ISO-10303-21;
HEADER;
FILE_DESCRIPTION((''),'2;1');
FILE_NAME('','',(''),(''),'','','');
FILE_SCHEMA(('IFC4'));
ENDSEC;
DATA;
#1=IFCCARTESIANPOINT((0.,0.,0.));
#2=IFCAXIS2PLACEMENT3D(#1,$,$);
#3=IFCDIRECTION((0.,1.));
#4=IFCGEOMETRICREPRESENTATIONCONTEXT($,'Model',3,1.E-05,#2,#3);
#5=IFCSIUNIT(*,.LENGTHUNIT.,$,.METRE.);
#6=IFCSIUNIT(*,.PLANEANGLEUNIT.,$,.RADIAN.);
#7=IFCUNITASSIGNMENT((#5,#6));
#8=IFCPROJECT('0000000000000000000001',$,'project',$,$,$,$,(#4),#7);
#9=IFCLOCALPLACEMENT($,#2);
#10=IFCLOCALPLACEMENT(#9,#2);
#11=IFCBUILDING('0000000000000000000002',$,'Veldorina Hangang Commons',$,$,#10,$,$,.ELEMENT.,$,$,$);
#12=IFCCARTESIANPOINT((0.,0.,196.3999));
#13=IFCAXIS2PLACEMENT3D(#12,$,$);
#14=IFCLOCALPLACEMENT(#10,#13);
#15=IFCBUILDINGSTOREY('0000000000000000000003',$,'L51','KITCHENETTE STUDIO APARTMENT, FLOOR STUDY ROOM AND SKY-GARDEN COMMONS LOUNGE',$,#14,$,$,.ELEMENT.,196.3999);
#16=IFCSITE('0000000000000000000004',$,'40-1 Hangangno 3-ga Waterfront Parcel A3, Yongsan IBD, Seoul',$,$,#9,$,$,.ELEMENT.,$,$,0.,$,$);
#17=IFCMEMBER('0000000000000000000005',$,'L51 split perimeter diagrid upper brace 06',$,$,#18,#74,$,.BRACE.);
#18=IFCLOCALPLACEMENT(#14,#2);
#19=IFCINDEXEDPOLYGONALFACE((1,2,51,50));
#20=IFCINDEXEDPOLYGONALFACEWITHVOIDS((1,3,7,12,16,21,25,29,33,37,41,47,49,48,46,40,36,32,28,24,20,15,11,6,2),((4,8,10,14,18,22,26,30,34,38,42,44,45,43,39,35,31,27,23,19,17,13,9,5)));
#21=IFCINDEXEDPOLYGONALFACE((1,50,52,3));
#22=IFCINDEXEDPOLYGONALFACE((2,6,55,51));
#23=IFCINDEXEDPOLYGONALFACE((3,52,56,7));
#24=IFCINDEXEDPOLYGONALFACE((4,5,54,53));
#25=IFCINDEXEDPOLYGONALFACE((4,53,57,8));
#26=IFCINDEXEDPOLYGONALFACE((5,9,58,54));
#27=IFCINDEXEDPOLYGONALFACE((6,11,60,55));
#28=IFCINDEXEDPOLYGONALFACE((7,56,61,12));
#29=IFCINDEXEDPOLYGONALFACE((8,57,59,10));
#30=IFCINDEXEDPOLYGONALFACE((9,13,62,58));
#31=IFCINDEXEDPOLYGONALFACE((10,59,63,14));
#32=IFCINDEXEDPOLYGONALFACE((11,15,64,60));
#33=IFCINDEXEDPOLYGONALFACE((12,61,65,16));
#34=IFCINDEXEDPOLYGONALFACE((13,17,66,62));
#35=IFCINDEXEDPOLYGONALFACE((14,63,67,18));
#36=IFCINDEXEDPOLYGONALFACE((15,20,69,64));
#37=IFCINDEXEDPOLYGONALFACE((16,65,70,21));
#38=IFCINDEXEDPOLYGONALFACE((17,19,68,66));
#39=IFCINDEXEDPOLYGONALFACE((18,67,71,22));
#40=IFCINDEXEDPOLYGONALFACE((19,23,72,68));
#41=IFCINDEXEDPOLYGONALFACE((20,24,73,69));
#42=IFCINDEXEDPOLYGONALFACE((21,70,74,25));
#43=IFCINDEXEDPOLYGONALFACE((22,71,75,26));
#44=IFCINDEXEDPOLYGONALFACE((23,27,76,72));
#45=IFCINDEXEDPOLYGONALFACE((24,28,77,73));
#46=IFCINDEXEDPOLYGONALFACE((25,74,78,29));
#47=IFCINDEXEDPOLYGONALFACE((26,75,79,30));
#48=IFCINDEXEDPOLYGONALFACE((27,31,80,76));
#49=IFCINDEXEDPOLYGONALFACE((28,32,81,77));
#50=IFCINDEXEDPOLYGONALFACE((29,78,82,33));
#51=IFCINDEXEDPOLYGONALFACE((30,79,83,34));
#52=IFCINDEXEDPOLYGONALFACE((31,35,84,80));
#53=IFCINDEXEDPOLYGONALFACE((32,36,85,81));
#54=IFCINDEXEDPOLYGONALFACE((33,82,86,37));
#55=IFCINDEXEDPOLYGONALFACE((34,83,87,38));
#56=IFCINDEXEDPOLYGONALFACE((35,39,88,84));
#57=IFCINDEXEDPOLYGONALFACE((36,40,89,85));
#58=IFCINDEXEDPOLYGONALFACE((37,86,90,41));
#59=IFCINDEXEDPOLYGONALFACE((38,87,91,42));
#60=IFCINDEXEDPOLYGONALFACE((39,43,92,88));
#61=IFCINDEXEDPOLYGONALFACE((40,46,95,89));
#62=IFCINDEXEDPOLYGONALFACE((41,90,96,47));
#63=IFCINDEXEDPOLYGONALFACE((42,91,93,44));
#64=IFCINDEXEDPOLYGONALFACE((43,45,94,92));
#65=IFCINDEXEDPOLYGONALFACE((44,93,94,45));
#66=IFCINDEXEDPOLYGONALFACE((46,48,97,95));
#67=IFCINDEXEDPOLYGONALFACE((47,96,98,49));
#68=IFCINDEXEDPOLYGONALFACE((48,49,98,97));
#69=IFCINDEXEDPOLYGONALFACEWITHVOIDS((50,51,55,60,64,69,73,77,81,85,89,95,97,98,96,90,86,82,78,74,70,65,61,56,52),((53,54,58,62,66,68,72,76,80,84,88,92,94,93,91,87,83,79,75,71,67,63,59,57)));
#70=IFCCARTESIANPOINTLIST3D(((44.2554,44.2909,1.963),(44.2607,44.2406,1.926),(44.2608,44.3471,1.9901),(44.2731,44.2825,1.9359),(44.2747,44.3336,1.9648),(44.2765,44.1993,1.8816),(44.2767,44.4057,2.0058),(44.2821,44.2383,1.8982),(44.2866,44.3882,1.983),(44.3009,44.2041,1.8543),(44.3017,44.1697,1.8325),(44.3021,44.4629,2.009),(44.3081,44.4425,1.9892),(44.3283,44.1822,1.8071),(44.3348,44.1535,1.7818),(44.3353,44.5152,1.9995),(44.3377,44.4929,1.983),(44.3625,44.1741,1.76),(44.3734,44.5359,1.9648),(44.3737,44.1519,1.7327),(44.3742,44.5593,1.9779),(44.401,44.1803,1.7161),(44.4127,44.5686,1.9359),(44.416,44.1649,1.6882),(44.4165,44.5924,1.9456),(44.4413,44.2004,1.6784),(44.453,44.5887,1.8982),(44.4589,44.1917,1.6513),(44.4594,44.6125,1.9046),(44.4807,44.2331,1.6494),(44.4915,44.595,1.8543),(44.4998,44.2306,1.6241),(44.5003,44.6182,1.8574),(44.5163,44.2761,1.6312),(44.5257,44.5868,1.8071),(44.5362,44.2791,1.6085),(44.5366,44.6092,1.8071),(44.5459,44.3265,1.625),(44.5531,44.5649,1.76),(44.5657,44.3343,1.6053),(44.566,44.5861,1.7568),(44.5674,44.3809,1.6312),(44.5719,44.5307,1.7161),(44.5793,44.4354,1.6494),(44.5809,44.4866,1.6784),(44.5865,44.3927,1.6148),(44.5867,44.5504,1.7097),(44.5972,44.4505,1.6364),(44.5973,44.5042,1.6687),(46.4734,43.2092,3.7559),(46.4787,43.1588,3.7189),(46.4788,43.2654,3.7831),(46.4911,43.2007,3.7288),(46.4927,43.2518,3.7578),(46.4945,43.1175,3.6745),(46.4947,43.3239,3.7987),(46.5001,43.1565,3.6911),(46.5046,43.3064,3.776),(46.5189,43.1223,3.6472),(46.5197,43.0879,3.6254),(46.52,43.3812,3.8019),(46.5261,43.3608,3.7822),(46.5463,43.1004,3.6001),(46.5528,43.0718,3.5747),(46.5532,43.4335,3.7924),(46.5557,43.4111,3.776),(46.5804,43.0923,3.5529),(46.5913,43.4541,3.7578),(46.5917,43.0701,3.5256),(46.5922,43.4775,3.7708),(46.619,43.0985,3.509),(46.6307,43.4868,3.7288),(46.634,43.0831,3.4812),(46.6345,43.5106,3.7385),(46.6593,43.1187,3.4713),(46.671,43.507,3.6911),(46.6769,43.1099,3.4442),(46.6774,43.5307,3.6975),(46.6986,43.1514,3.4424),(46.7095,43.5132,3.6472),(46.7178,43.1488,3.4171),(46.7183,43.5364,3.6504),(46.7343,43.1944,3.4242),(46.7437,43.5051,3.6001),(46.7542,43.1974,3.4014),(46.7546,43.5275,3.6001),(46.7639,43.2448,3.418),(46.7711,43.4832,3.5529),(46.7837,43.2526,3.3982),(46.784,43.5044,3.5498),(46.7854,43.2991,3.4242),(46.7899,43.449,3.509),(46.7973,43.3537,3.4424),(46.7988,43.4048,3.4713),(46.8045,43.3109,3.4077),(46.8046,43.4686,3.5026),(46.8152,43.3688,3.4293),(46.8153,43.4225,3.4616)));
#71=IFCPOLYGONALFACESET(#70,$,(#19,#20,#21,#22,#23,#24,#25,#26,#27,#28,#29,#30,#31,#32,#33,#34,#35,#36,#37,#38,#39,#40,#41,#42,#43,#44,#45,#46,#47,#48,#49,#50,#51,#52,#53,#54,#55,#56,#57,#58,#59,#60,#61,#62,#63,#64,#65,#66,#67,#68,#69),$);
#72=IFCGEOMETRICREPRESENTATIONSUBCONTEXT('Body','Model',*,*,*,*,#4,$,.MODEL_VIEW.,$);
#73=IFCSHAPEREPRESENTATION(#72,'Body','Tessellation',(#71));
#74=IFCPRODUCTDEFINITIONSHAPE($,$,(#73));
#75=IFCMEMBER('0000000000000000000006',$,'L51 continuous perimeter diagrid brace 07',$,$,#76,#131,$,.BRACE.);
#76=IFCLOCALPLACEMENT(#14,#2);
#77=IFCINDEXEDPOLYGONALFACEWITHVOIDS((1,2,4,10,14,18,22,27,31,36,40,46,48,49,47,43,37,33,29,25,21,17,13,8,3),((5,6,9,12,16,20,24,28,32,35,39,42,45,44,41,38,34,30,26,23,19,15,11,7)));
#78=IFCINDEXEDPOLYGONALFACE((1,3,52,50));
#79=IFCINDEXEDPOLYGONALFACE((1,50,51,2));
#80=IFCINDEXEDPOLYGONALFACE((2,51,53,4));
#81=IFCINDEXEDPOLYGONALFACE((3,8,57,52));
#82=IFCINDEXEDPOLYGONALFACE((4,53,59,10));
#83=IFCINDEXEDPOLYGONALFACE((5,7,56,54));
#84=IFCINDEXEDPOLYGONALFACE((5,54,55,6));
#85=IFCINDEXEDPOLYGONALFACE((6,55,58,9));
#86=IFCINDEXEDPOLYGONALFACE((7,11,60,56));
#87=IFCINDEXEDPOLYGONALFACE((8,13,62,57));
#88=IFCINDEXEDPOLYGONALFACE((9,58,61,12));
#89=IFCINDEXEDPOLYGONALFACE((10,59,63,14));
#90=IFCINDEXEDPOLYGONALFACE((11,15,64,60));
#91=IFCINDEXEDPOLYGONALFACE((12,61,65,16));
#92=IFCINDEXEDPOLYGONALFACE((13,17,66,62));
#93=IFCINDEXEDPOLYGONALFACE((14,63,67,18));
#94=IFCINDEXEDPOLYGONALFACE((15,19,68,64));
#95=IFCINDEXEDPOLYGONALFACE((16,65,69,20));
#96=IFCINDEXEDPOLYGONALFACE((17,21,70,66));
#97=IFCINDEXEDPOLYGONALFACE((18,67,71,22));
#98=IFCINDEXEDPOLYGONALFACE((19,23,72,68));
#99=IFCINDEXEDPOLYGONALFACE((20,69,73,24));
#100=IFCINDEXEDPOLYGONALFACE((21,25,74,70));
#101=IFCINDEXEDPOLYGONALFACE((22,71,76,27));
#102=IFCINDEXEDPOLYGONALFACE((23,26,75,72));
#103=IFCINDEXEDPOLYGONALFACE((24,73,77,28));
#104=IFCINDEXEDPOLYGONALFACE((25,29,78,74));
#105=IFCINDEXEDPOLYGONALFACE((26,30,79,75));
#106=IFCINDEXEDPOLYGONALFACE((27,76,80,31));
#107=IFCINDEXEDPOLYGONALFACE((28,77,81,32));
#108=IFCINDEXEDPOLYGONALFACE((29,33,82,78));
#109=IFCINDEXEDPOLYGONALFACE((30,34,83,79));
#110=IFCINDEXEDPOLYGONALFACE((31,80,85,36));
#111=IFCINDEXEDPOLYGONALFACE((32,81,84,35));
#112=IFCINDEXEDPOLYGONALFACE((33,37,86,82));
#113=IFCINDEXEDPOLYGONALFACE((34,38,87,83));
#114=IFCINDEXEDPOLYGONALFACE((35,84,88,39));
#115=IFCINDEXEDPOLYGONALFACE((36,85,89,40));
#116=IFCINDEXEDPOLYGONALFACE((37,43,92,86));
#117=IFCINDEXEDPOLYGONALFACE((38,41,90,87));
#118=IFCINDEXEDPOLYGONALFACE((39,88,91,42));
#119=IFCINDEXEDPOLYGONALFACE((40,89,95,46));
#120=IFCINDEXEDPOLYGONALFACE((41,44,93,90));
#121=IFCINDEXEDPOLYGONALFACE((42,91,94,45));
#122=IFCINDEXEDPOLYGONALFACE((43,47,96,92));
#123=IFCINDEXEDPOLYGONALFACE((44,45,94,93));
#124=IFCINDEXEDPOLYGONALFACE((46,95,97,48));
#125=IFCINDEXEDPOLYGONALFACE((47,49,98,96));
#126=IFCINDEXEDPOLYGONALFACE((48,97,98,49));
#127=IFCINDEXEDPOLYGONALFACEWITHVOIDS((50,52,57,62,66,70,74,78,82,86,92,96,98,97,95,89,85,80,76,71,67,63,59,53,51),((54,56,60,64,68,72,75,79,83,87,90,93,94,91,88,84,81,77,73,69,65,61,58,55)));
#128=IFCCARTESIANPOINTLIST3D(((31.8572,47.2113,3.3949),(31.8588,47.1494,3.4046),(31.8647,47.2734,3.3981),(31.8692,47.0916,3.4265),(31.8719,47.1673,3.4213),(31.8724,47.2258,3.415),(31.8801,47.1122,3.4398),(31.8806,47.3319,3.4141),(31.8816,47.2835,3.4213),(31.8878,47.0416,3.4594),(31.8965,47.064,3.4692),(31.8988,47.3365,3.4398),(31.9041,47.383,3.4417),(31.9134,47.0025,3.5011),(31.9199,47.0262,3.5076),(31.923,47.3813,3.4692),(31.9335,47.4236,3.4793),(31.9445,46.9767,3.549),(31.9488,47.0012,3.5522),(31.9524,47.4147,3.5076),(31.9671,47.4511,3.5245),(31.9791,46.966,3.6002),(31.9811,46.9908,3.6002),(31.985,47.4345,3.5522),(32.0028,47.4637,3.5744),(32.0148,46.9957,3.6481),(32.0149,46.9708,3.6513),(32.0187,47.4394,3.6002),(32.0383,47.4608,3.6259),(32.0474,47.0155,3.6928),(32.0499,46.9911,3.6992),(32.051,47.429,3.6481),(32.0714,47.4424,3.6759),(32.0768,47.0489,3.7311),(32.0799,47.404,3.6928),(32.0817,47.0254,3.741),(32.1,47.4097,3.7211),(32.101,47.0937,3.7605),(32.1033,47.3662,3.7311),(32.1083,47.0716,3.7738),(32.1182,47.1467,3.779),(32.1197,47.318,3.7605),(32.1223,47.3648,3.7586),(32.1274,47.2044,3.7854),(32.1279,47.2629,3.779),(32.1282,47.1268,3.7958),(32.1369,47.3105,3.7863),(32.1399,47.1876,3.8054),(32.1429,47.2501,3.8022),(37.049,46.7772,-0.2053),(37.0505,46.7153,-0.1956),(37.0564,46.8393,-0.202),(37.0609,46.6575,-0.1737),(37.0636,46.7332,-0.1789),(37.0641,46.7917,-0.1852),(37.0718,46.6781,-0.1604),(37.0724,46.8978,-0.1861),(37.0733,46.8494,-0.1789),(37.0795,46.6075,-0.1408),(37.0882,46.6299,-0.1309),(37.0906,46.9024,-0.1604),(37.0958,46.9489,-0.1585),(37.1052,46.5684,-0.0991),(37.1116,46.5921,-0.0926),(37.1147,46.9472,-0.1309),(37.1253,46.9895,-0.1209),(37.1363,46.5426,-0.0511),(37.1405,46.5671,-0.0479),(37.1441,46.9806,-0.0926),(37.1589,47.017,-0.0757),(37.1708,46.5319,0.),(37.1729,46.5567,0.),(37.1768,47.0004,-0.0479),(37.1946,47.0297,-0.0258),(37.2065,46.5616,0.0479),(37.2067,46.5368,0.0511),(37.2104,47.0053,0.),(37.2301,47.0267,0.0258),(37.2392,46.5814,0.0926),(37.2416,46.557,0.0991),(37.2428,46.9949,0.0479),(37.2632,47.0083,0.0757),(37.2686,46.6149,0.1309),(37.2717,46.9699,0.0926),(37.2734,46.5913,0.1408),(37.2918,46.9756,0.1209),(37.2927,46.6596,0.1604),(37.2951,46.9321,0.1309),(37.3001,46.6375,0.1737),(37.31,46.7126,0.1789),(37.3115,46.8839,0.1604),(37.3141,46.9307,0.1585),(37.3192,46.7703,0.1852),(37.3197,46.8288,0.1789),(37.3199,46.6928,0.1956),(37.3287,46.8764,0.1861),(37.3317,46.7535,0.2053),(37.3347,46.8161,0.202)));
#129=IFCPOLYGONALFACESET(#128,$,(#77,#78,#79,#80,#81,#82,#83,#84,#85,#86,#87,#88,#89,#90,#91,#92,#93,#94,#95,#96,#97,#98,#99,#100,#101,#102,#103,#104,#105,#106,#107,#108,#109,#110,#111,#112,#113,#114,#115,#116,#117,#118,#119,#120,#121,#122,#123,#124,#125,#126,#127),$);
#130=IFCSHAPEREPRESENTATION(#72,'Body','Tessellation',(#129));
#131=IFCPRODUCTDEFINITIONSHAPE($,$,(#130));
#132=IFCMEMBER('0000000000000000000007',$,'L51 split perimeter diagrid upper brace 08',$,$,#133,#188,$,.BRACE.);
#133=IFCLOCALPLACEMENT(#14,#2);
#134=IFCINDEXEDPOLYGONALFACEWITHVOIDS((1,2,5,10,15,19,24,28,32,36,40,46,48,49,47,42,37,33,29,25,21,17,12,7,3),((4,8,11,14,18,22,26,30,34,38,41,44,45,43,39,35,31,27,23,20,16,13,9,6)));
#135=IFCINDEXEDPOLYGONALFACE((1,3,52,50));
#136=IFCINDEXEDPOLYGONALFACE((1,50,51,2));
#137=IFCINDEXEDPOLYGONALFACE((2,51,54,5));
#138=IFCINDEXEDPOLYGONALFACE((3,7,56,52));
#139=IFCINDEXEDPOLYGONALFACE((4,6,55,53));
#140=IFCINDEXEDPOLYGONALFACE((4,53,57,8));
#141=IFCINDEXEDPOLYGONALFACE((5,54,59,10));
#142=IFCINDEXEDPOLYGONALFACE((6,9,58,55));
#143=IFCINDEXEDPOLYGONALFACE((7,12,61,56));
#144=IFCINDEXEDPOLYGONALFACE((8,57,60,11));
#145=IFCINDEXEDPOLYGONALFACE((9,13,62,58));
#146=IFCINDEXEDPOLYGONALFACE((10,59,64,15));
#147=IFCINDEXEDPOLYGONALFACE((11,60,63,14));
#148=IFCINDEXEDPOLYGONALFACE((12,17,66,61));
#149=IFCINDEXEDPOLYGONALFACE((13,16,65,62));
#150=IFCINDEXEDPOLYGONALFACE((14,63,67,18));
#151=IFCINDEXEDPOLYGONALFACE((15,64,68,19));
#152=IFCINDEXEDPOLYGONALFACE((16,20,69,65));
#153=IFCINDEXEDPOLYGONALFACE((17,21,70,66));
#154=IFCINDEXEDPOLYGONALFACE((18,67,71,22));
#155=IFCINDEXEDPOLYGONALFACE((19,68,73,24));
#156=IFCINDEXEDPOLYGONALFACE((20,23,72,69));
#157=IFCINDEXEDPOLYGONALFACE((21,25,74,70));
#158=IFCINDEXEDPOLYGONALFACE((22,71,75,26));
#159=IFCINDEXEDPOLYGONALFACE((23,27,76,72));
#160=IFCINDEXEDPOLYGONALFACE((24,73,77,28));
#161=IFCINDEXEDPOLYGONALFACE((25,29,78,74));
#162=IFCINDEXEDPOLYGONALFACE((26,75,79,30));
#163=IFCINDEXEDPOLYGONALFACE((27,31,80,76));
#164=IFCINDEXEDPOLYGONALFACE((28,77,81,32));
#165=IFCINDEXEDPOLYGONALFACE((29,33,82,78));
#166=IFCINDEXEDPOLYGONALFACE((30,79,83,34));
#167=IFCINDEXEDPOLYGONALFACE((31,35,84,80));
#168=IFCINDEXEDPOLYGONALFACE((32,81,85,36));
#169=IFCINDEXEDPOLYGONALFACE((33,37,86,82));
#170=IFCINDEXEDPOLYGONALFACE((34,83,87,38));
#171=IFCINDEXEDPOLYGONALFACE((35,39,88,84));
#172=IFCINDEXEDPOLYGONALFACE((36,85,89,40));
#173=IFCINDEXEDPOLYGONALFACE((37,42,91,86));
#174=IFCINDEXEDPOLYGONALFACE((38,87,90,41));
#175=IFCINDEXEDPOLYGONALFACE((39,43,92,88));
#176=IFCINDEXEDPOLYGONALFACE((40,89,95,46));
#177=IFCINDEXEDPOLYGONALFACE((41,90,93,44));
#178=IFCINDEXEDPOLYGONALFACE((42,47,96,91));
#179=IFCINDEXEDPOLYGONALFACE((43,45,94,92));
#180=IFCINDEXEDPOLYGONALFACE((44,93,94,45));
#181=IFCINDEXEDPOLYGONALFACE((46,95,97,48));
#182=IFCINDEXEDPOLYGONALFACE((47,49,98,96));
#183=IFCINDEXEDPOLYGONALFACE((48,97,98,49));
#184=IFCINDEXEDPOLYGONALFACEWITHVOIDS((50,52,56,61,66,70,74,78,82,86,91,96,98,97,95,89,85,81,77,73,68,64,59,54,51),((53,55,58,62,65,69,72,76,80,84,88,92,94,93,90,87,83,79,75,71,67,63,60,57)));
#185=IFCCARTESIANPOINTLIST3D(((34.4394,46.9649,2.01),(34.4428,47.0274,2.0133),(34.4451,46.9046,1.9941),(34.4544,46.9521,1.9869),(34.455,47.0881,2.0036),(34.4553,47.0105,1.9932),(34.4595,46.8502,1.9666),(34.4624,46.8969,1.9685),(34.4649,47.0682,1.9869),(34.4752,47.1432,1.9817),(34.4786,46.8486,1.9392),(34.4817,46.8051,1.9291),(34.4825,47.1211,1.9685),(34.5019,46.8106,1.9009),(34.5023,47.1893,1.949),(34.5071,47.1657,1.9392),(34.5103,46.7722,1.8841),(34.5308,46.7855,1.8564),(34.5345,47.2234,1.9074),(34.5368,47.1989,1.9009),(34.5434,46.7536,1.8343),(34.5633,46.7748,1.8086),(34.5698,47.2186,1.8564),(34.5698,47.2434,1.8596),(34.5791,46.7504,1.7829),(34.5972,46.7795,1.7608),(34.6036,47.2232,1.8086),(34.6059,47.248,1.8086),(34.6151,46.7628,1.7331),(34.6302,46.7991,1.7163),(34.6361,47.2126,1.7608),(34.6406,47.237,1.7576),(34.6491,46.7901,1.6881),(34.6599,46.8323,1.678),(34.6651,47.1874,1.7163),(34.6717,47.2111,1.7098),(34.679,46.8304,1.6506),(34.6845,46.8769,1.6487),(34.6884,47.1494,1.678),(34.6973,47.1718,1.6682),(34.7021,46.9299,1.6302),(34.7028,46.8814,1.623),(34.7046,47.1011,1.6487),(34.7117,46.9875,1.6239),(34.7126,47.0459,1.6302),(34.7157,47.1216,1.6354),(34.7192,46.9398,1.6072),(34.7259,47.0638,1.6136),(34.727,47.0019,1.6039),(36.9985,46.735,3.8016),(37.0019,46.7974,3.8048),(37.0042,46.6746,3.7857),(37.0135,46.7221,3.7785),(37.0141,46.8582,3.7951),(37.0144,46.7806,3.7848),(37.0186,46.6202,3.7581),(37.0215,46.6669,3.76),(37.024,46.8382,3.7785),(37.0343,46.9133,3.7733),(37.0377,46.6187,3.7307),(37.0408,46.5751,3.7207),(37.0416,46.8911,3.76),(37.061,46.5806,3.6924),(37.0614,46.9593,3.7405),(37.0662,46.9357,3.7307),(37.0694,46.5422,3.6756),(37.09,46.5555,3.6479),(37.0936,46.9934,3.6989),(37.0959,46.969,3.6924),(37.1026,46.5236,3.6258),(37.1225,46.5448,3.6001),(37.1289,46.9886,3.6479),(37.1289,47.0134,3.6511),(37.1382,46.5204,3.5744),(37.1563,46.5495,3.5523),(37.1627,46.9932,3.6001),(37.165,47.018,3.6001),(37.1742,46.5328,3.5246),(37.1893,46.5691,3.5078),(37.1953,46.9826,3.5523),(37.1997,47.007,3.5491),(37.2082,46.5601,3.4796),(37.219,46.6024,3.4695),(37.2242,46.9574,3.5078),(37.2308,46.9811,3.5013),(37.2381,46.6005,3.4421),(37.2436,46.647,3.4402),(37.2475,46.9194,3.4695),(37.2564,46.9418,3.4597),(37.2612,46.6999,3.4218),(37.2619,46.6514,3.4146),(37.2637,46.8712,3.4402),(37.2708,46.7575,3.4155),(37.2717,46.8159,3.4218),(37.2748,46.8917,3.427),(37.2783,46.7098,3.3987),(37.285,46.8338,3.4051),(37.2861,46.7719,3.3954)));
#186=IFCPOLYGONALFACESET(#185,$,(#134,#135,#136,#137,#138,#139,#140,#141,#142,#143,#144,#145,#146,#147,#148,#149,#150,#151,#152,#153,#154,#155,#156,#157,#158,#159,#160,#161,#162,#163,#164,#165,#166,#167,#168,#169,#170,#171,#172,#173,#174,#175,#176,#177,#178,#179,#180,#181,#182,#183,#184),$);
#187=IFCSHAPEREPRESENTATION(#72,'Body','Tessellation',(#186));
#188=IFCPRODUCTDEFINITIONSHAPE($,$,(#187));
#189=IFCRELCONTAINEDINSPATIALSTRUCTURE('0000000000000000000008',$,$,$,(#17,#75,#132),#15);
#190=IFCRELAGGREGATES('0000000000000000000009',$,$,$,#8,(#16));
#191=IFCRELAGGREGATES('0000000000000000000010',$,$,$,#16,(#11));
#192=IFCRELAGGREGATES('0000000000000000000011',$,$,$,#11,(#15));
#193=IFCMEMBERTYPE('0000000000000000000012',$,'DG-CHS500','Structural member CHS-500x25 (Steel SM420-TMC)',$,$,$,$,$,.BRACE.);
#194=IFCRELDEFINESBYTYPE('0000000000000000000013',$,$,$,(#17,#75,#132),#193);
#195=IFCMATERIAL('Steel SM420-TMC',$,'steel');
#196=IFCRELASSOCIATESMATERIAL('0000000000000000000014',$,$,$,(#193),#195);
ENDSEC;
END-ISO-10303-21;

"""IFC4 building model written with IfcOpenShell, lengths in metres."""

from ifc_helpers import new_model, si_unit, direction, frame, origin, origin_2d, place, context, subcontext, project, spatial, hollow_circle, extrude, material, material_profile, profile_set, type_object, element, save


model = new_model("IFC4")

# Units and contexts
model_context = context("Model", 3, precision=1e-05, world=origin(), true_north=direction((0.0, 1.0)))
body_context = subcontext(model_context, "Body", "Model", "MODEL_VIEW")
ifc_project = project(units=[si_unit("LENGTHUNIT", "METRE"), si_unit("PLANEANGLEUNIT", "RADIAN")], contexts=[model_context])

# Site, building, storey
site_placement = place(None, origin())
site = spatial("IfcSite", under=ifc_project, at=site_placement, Name="40-1 Hangangno 3-ga Waterfront Parcel A3, Yongsan IBD, Seoul", CompositionType="ELEMENT", RefElevation=0.0)
building_placement = place(site_placement, origin())
building = spatial("IfcBuilding", under=site, at=building_placement, Name="Veldorina Hangang Commons", CompositionType="ELEMENT")
storey_placement = place(building_placement, frame((0.0, 0.0, 196.3999)))
storey = spatial("IfcBuildingStorey", under=building, at=storey_placement, Name="L51", Description="KITCHENETTE STUDIO APARTMENT, FLOOR STUDY ROOM AND SKY-GARDEN COMMONS LOUNGE", CompositionType="ELEMENT", Elevation=196.3999)

# Shared definitions
ifc_material_1 = material(Name="Steel SM420-TMC", Category="steel")

# Members
ifc_material_profile_1 = material_profile(ifc_material_1, hollow_circle(Radius=0.25, WallThickness=0.0249, at=origin_2d()), Name="CHS-500x25")
ifc_profile_set_1 = profile_set([ifc_material_profile_1], Name="Steel SM420-TMC")
member_type_1 = type_object("IfcMemberType", Name="DG-CHS500", Description="Structural member CHS-500x25 (Steel SM420-TMC)", PredefinedType="BRACE", material=ifc_profile_set_1)
member_1_placement = place(storey_placement, frame((44.427, 44.3845, 1.8071), z_axis=(0.727137, -0.354644, 0.587792), x_axis=(0.438367, 0.898796, 0.0)))
element("IfcMember", 1, at=member_1_placement, inside=storey, type_object=member_type_1, Name="L51 split perimeter diagrid upper brace 06", PredefinedType="BRACE", context=body_context, shape_type="SweptSolid", body=[
    extrude(hollow_circle(Radius=0.25, WallThickness=0.0249, at=origin_2d()), origin(), (0.0, 0.0, 1.0), 3.0503),
])
member_2_placement = place(storey_placement, frame((37.1917, 46.781, 0.0), z_axis=(-0.819824, 0.068547, 0.568498), x_axis=(-0.083321, -0.996523, 0.0)))
element("IfcMember", 2, at=member_2_placement, inside=storey, type_object=member_type_1, Name="L51 continuous perimeter diagrid brace 07", PredefinedType="BRACE", context=body_context, shape_type="SweptSolid", body=[
    extrude(hollow_circle(Radius=0.25, WallThickness=0.0249, at=origin_2d()), origin(), (0.0, 0.0, 1.0), 6.3328),
])
member_3_placement = place(storey_placement, frame((34.5835, 46.999, 1.8086), z_axis=(0.816999, -0.073422, 0.571946), x_axis=(0.089508, 0.995986, 0.0)))
element("IfcMember", 3, at=member_3_placement, inside=storey, type_object=member_type_1, Name="L51 split perimeter diagrid upper brace 08", PredefinedType="BRACE", context=body_context, shape_type="SweptSolid", body=[
    extrude(hollow_circle(Radius=0.25, WallThickness=0.0249, at=origin_2d()), origin(), (0.0, 0.0, 1.0), 3.1323),
])

save(model, "model.ifc")
